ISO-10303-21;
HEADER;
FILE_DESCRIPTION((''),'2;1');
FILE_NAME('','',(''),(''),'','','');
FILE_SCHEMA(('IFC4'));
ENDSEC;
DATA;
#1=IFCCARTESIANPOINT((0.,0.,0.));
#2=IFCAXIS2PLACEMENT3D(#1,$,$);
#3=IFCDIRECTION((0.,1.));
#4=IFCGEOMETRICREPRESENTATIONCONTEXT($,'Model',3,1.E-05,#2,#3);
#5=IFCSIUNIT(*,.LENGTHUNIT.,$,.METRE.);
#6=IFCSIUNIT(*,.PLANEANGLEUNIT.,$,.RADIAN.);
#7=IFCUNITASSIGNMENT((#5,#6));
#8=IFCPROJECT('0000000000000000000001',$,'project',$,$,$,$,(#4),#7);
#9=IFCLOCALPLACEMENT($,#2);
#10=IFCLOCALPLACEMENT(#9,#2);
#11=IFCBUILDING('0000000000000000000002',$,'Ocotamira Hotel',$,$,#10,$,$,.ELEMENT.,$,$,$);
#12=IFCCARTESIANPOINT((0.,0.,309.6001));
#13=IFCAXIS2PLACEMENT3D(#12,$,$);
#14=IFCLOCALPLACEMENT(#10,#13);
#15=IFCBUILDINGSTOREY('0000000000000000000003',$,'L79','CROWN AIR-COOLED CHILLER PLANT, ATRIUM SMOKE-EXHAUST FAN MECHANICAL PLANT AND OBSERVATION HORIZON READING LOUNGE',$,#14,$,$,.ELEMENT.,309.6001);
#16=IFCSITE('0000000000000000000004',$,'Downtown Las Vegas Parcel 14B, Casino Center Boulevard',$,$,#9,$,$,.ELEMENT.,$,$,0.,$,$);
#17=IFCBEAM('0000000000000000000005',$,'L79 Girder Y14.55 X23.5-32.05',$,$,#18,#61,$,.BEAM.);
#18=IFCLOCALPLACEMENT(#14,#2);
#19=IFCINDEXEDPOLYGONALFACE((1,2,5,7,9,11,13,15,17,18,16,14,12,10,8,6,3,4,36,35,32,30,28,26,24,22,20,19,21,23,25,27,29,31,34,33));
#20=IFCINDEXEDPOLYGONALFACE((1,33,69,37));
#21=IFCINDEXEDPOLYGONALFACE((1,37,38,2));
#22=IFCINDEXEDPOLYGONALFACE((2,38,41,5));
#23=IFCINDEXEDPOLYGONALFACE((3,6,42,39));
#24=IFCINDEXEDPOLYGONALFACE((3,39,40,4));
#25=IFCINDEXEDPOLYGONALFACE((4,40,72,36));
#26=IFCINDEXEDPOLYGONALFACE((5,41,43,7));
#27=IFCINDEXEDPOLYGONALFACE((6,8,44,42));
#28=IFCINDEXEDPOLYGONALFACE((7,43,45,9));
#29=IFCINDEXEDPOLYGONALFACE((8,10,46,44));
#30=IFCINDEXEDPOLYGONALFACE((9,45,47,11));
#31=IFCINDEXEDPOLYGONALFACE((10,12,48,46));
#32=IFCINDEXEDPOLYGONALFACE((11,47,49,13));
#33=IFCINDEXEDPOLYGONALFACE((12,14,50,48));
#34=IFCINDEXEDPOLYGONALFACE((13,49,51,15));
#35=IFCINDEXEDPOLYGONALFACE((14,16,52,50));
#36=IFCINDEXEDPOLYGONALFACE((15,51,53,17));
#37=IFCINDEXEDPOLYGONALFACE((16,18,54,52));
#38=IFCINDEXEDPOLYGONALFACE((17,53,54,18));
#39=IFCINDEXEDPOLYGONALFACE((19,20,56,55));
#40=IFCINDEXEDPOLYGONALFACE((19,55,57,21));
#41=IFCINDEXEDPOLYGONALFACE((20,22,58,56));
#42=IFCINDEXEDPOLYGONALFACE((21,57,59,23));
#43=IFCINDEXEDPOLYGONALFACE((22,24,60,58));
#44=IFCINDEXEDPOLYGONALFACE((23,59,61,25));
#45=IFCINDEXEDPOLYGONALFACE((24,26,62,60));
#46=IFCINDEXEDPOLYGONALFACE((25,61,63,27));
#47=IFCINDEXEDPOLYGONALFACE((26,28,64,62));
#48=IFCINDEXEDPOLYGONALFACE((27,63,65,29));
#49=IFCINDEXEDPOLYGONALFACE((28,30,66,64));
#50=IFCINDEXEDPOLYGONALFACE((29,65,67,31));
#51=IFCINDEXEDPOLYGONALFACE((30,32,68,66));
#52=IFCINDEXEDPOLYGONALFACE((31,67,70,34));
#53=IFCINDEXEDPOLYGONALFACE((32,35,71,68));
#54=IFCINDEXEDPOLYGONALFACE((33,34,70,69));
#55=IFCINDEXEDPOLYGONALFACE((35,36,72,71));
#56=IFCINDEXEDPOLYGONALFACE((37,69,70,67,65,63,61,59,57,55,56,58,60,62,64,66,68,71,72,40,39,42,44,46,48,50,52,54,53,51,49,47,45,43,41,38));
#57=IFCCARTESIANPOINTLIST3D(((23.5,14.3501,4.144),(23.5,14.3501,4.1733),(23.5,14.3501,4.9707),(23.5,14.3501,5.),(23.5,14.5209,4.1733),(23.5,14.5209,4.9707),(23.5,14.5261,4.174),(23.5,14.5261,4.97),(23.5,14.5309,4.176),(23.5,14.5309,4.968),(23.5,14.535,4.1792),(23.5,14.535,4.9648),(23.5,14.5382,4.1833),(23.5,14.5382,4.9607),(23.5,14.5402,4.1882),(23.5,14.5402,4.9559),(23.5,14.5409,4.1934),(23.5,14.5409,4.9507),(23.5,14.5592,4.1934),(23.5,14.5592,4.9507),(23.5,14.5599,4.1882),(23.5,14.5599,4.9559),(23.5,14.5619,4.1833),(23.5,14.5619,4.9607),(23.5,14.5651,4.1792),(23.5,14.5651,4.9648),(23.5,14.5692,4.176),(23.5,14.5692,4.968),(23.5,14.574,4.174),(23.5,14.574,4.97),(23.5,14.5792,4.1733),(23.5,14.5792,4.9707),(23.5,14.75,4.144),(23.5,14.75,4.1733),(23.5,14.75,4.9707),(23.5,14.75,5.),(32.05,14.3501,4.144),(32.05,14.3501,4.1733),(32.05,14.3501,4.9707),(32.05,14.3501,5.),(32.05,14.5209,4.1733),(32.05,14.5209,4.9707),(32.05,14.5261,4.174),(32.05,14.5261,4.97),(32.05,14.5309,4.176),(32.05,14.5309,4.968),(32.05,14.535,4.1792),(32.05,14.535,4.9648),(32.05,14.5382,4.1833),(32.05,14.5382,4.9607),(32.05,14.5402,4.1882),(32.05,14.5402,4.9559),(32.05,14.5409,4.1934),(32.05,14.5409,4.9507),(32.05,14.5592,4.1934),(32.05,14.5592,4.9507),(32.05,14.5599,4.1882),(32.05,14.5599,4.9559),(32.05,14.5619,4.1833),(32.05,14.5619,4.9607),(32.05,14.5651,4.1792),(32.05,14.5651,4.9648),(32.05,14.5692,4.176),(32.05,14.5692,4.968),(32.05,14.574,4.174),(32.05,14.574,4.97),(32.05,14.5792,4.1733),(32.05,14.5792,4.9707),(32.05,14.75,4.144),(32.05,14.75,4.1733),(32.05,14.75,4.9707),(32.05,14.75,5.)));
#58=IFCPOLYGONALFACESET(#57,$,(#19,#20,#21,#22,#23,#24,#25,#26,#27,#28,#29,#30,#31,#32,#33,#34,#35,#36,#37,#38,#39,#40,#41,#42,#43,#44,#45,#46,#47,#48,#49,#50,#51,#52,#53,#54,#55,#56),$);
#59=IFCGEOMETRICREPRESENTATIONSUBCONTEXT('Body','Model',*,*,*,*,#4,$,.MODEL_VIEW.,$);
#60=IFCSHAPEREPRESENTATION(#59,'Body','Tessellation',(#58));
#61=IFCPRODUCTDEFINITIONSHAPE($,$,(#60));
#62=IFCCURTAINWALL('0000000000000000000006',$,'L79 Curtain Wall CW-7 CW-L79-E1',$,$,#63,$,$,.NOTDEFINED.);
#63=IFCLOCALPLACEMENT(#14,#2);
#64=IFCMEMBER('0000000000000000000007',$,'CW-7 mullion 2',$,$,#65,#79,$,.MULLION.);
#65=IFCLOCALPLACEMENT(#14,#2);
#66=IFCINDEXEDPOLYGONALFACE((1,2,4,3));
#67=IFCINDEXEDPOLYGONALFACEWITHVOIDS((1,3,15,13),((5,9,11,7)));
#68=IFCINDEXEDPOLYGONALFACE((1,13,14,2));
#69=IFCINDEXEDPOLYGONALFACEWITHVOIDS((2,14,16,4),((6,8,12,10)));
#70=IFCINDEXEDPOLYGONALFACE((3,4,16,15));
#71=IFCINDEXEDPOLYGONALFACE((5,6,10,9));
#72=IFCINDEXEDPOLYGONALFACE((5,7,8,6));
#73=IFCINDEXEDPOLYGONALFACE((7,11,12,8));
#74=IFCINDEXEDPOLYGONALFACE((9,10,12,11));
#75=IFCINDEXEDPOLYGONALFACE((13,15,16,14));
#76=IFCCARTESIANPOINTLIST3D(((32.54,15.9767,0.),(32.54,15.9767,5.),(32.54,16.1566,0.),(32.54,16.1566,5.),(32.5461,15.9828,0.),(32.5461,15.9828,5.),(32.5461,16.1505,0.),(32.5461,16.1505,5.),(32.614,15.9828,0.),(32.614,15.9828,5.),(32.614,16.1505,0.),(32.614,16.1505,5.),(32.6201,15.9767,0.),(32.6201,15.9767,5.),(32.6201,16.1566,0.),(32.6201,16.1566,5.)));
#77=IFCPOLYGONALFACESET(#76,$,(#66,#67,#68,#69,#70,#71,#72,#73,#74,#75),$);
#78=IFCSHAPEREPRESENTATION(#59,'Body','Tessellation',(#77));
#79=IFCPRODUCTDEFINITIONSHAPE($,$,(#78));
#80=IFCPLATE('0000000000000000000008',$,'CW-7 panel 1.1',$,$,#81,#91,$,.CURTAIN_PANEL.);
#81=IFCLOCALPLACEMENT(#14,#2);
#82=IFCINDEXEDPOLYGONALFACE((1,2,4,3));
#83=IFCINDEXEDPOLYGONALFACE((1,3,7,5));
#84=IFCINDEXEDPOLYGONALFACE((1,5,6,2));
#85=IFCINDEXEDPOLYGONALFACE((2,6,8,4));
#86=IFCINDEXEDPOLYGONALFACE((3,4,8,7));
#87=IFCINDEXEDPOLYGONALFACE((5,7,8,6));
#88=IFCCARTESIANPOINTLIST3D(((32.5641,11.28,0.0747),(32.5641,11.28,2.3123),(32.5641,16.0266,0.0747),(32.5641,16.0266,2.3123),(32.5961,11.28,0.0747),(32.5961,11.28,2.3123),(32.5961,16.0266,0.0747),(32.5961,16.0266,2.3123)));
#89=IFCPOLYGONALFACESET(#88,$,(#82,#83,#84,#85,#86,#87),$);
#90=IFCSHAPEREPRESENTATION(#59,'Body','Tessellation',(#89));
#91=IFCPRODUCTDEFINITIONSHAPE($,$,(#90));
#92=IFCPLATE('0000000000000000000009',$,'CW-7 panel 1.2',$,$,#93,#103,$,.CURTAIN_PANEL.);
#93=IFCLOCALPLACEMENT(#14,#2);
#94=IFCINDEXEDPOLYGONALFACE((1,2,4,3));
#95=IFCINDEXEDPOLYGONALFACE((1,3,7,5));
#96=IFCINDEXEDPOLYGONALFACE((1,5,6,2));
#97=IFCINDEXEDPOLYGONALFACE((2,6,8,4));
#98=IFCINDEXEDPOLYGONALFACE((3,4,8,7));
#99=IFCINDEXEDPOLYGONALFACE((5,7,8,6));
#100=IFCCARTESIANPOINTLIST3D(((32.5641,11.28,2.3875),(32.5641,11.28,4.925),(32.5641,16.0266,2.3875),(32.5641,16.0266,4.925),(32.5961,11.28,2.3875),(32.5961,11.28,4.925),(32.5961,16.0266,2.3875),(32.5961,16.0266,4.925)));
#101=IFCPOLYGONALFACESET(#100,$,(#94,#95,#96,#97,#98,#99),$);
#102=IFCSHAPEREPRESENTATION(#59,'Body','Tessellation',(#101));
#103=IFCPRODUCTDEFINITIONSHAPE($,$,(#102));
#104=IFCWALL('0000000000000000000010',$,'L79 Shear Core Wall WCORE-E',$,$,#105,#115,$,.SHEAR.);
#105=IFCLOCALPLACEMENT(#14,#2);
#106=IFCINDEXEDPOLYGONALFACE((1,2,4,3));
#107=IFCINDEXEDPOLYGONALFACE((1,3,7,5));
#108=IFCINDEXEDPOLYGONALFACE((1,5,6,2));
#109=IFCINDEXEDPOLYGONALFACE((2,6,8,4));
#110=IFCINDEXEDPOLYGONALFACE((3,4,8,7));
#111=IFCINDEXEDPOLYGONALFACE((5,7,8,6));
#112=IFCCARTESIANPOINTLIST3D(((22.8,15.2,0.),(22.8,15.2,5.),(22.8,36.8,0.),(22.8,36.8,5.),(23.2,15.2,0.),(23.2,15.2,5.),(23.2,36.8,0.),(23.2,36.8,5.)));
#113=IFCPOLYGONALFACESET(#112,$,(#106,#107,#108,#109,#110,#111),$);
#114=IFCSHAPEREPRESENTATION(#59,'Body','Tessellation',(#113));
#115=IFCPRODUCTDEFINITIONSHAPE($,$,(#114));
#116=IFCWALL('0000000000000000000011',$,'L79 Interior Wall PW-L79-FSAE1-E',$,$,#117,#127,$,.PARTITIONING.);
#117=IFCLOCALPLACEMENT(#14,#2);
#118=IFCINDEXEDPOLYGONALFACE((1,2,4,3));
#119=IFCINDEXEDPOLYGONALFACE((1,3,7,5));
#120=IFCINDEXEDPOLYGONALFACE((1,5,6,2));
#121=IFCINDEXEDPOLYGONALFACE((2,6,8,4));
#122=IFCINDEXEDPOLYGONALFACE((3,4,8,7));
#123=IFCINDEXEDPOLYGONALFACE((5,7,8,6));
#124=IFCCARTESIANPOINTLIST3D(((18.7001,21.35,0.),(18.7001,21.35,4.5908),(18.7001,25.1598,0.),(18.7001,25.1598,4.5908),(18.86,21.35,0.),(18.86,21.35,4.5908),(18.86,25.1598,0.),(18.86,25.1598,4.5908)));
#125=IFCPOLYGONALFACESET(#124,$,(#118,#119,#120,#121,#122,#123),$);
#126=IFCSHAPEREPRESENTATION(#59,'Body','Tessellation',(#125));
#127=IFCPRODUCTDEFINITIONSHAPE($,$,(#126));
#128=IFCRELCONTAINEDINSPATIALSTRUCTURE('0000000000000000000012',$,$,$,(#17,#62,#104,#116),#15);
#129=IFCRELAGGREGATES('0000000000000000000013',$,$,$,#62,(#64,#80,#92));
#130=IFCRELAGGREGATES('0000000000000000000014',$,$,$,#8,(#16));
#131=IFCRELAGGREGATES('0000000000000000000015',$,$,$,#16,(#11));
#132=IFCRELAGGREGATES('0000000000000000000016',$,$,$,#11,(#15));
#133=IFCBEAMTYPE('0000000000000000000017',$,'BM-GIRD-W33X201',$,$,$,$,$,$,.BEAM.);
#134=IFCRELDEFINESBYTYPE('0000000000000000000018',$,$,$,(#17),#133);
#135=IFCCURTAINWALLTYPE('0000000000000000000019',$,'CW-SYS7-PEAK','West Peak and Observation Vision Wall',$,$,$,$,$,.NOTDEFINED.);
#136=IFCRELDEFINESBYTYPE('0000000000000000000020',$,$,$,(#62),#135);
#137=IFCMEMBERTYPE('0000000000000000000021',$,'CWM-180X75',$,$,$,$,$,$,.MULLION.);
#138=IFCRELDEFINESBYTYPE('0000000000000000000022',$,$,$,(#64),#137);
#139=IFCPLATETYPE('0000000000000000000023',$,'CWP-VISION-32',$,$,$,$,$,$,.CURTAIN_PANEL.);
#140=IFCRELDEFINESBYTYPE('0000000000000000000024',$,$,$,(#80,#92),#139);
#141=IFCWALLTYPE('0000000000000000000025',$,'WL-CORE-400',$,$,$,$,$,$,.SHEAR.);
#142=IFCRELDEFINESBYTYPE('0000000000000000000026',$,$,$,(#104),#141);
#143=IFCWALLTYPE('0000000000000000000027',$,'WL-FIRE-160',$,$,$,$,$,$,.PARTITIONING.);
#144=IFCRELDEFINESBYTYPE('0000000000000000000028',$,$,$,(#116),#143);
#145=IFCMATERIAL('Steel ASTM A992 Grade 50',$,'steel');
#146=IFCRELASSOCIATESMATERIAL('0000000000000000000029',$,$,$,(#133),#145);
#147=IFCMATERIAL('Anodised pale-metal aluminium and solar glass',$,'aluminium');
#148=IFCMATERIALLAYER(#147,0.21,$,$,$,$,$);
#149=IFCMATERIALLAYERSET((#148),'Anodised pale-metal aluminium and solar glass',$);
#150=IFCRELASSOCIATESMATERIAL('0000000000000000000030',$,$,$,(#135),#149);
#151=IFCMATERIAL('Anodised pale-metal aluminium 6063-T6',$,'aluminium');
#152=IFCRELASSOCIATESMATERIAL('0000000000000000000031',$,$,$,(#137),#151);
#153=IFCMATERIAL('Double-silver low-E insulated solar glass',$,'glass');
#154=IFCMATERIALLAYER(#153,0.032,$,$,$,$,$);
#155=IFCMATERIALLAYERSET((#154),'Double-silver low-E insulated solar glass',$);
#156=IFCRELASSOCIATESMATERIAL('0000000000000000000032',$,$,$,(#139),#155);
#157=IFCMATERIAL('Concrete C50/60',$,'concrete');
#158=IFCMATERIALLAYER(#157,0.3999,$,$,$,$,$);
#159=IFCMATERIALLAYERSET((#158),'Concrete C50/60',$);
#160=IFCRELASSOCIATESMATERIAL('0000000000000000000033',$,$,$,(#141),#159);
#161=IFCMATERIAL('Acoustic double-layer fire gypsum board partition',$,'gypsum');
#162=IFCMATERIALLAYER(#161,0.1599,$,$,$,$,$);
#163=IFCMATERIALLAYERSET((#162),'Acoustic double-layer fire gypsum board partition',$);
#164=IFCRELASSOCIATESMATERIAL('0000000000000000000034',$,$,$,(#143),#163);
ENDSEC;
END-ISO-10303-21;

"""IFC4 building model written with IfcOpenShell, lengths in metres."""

from ifc_helpers import new_model, si_unit, direction, frame, frame_2d, origin, origin_2d, place, context, subcontext, project, spatial, rectangle, hollow_rectangle, i_section, extrude, source, transform, mapped, material, layer, layer_set, material_profile, profile_set, type_object, element, aggregate, save


model = new_model("IFC4")

# Units and contexts
model_context = context("Model", 3, precision=1e-05, world=origin(), true_north=direction((0.0, 1.0)))
body_context = subcontext(model_context, "Body", "Model", "MODEL_VIEW")
ifc_project = project(units=[si_unit("LENGTHUNIT", "METRE"), si_unit("PLANEANGLEUNIT", "RADIAN")], contexts=[model_context])

# Site, building, storey
site_placement = place(None, origin())
site = spatial("IfcSite", under=ifc_project, at=site_placement, Name="Downtown Las Vegas Parcel 14B, Casino Center Boulevard", CompositionType="ELEMENT", RefElevation=0.0)
building_placement = place(site_placement, origin())
building = spatial("IfcBuilding", under=site, at=building_placement, Name="Ocotamira Hotel", CompositionType="ELEMENT")
storey_placement = place(building_placement, frame((0.0, 0.0, 309.6001)))
storey = spatial("IfcBuildingStorey", under=building, at=storey_placement, Name="L79", Description="CROWN AIR-COOLED CHILLER PLANT, ATRIUM SMOKE-EXHAUST FAN MECHANICAL PLANT AND OBSERVATION HORIZON READING LOUNGE", CompositionType="ELEMENT", Elevation=309.6001)

# Shared definitions
ifc_material_1 = material(Name="Steel ASTM A992 Grade 50", Category="steel")

# Beam
ifc_material_profile_1 = material_profile(ifc_material_1, i_section(OverallWidth=0.3999, OverallDepth=0.856, WebThickness=0.0183, FlangeThickness=0.0293, FilletRadius=0.02, at=origin_2d()), Name="W33X201")
ifc_profile_set_1 = profile_set([ifc_material_profile_1], Name="Steel ASTM A992 Grade 50")
beam_type_1 = type_object("IfcBeamType", Name="BM-GIRD-W33X201", PredefinedType="BEAM", material=ifc_profile_set_1)
shared_shape_1 = source(origin(), body_context, "Body", "SweptSolid", [
    extrude(i_section(OverallWidth=0.3999, OverallDepth=0.856, WebThickness=0.0183, FlangeThickness=0.0293, FilletRadius=0.02, at=origin_2d()), origin(), (0.0, 0.0, 1.0), 8.55),
])
beam_placement = place(storey_placement, frame((23.5, 14.55, 4.572), z_axis=(1.0, 0.0, 0.0), x_axis=(0.0, 1.0, 0.0)))
element("IfcBeam", 1, at=beam_placement, inside=storey, type_object=beam_type_1, Name="L79 Girder Y14.55 X23.5-32.05", PredefinedType="BEAM", context=body_context, shape_type="MappedRepresentation", body=[
    mapped(shared_shape_1, transform((0.0, 0.0, 0.0), scale=1.0)),
])

# Curtain wall, member, plates
ifc_material_2 = material(Name="Anodised pale-metal aluminium and solar glass", Category="aluminium")
ifc_layer_1 = layer(ifc_material_2, 0.21)
ifc_layer_set_1 = layer_set([ifc_layer_1], Name="Anodised pale-metal aluminium and solar glass")
curtain_wall_type = type_object("IfcCurtainWallType", Name="CW-SYS7-PEAK", Description="West Peak and Observation Vision Wall", PredefinedType="NOTDEFINED", material=ifc_layer_set_1)
curtain_wall_placement = place(storey_placement, origin())
curtain_wall = element("IfcCurtainWall", 2, at=curtain_wall_placement, inside=storey, type_object=curtain_wall_type, Name="L79 Curtain Wall CW-7 CW-L79-E1", PredefinedType="NOTDEFINED")
ifc_material_3 = material(Name="Anodised pale-metal aluminium 6063-T6", Category="aluminium")
ifc_material_profile_2 = material_profile(ifc_material_3, hollow_rectangle(XDim=0.0801, YDim=0.1799, WallThickness=0.0061, at=origin_2d()), Name="HSS180X80X6")
ifc_profile_set_2 = profile_set([ifc_material_profile_2], Name="Anodised pale-metal aluminium 6063-T6")
member_type = type_object("IfcMemberType", Name="CWM-180X75", PredefinedType="MULLION", material=ifc_profile_set_2)
shared_shape_2 = source(origin(), body_context, "Body", "SweptSolid", [
    extrude(hollow_rectangle(XDim=0.0801, YDim=0.1799, WallThickness=0.0061, at=origin_2d()), origin(), (0.0, 0.0, 1.0), 5.0),
])
member_placement = place(storey_placement, frame((32.5801, 16.0667, 0.0), z_axis=(0.0, 0.0, 1.0), x_axis=(-1.0, 0.0, 0.0)))
member = element("IfcMember", 3, at=member_placement, type_object=member_type, Name="CW-7 mullion 2", PredefinedType="MULLION", context=body_context, shape_type="MappedRepresentation", body=[
    mapped(shared_shape_2, transform((0.0, 0.0, 0.0), scale=1.0)),
])
ifc_material_4 = material(Name="Double-silver low-E insulated solar glass", Category="glass")
ifc_layer_2 = layer(ifc_material_4, 0.032)
ifc_layer_set_2 = layer_set([ifc_layer_2], Name="Double-silver low-E insulated solar glass")
plate_type = type_object("IfcPlateType", Name="CWP-VISION-32", PredefinedType="CURTAIN_PANEL", material=ifc_layer_set_2)
shared_shape_3 = source(origin(), body_context, "Body", "SweptSolid", [
    extrude(rectangle(XDim=4.7466, YDim=0.032, at=origin_2d()), origin(), (0.0, 0.0, 1.0), 2.2375),
])
plate_1_placement = place(storey_placement, frame((32.5801, 13.6533, 0.0747), z_axis=(0.0, 0.0, 1.0), x_axis=(0.0, 1.0, 0.0)))
plate_1 = element("IfcPlate", 4, at=plate_1_placement, type_object=plate_type, Name="CW-7 panel 1.1", PredefinedType="CURTAIN_PANEL", context=body_context, shape_type="MappedRepresentation", body=[
    mapped(shared_shape_3, transform((0.0, 0.0, 0.0), scale=1.0)),
])
shared_shape_4 = source(origin(), body_context, "Body", "SweptSolid", [
    extrude(rectangle(XDim=4.7466, YDim=0.032, at=origin_2d()), origin(), (0.0, 0.0, 1.0), 2.5376),
])
plate_2_placement = place(storey_placement, frame((32.5801, 13.6533, 2.3875), z_axis=(0.0, 0.0, 1.0), x_axis=(0.0, 1.0, 0.0)))
plate_2 = element("IfcPlate", 5, at=plate_2_placement, type_object=plate_type, Name="CW-7 panel 1.2", PredefinedType="CURTAIN_PANEL", context=body_context, shape_type="MappedRepresentation", body=[
    mapped(shared_shape_4, transform((0.0, 0.0, 0.0), scale=1.0)),
])
aggregate(curtain_wall, [member, plate_1, plate_2])

# Walls
ifc_material_5 = material(Name="Concrete C50/60", Category="concrete")
ifc_layer_3 = layer(ifc_material_5, 0.3999)
ifc_layer_set_3 = layer_set([ifc_layer_3], Name="Concrete C50/60")
wall_type_1 = type_object("IfcWallType", Name="WL-CORE-400", PredefinedType="SHEAR", material=ifc_layer_set_3)
wall_1_placement = place(storey_placement, frame((23.0, 15.2, 0.0), z_axis=(0.0, 0.0, 1.0), x_axis=(0.0, 1.0, 0.0)))
element("IfcWall", 6, at=wall_1_placement, inside=storey, type_object=wall_type_1, Name="L79 Shear Core Wall WCORE-E", PredefinedType="SHEAR", context=body_context, shape_type="SweptSolid", body=[
    extrude(rectangle(XDim=21.6001, YDim=0.3999, at=frame_2d((10.8, 0.0))), origin(), (0.0, 0.0, 1.0), 5.0),
])
ifc_material_6 = material(Name="Acoustic double-layer fire gypsum board partition", Category="gypsum")
ifc_layer_4 = layer(ifc_material_6, 0.1599)
ifc_layer_set_4 = layer_set([ifc_layer_4], Name="Acoustic double-layer fire gypsum board partition")
wall_type_2 = type_object("IfcWallType", Name="WL-FIRE-160", PredefinedType="PARTITIONING", material=ifc_layer_set_4)
wall_2_placement = place(storey_placement, frame((18.78, 21.3501, 0.0), z_axis=(0.0, 0.0, 1.0), x_axis=(0.0, 1.0, 0.0)))
element("IfcWall", 7, at=wall_2_placement, inside=storey, type_object=wall_type_2, Name="L79 Interior Wall PW-L79-FSAE1-E", PredefinedType="PARTITIONING", context=body_context, shape_type="SweptSolid", body=[
    extrude(rectangle(XDim=3.8098, YDim=0.1599, at=frame_2d((1.9048, 0.0))), origin(), (0.0, 0.0, 1.0), 4.5908),
])

save(model, "model.ifc")
